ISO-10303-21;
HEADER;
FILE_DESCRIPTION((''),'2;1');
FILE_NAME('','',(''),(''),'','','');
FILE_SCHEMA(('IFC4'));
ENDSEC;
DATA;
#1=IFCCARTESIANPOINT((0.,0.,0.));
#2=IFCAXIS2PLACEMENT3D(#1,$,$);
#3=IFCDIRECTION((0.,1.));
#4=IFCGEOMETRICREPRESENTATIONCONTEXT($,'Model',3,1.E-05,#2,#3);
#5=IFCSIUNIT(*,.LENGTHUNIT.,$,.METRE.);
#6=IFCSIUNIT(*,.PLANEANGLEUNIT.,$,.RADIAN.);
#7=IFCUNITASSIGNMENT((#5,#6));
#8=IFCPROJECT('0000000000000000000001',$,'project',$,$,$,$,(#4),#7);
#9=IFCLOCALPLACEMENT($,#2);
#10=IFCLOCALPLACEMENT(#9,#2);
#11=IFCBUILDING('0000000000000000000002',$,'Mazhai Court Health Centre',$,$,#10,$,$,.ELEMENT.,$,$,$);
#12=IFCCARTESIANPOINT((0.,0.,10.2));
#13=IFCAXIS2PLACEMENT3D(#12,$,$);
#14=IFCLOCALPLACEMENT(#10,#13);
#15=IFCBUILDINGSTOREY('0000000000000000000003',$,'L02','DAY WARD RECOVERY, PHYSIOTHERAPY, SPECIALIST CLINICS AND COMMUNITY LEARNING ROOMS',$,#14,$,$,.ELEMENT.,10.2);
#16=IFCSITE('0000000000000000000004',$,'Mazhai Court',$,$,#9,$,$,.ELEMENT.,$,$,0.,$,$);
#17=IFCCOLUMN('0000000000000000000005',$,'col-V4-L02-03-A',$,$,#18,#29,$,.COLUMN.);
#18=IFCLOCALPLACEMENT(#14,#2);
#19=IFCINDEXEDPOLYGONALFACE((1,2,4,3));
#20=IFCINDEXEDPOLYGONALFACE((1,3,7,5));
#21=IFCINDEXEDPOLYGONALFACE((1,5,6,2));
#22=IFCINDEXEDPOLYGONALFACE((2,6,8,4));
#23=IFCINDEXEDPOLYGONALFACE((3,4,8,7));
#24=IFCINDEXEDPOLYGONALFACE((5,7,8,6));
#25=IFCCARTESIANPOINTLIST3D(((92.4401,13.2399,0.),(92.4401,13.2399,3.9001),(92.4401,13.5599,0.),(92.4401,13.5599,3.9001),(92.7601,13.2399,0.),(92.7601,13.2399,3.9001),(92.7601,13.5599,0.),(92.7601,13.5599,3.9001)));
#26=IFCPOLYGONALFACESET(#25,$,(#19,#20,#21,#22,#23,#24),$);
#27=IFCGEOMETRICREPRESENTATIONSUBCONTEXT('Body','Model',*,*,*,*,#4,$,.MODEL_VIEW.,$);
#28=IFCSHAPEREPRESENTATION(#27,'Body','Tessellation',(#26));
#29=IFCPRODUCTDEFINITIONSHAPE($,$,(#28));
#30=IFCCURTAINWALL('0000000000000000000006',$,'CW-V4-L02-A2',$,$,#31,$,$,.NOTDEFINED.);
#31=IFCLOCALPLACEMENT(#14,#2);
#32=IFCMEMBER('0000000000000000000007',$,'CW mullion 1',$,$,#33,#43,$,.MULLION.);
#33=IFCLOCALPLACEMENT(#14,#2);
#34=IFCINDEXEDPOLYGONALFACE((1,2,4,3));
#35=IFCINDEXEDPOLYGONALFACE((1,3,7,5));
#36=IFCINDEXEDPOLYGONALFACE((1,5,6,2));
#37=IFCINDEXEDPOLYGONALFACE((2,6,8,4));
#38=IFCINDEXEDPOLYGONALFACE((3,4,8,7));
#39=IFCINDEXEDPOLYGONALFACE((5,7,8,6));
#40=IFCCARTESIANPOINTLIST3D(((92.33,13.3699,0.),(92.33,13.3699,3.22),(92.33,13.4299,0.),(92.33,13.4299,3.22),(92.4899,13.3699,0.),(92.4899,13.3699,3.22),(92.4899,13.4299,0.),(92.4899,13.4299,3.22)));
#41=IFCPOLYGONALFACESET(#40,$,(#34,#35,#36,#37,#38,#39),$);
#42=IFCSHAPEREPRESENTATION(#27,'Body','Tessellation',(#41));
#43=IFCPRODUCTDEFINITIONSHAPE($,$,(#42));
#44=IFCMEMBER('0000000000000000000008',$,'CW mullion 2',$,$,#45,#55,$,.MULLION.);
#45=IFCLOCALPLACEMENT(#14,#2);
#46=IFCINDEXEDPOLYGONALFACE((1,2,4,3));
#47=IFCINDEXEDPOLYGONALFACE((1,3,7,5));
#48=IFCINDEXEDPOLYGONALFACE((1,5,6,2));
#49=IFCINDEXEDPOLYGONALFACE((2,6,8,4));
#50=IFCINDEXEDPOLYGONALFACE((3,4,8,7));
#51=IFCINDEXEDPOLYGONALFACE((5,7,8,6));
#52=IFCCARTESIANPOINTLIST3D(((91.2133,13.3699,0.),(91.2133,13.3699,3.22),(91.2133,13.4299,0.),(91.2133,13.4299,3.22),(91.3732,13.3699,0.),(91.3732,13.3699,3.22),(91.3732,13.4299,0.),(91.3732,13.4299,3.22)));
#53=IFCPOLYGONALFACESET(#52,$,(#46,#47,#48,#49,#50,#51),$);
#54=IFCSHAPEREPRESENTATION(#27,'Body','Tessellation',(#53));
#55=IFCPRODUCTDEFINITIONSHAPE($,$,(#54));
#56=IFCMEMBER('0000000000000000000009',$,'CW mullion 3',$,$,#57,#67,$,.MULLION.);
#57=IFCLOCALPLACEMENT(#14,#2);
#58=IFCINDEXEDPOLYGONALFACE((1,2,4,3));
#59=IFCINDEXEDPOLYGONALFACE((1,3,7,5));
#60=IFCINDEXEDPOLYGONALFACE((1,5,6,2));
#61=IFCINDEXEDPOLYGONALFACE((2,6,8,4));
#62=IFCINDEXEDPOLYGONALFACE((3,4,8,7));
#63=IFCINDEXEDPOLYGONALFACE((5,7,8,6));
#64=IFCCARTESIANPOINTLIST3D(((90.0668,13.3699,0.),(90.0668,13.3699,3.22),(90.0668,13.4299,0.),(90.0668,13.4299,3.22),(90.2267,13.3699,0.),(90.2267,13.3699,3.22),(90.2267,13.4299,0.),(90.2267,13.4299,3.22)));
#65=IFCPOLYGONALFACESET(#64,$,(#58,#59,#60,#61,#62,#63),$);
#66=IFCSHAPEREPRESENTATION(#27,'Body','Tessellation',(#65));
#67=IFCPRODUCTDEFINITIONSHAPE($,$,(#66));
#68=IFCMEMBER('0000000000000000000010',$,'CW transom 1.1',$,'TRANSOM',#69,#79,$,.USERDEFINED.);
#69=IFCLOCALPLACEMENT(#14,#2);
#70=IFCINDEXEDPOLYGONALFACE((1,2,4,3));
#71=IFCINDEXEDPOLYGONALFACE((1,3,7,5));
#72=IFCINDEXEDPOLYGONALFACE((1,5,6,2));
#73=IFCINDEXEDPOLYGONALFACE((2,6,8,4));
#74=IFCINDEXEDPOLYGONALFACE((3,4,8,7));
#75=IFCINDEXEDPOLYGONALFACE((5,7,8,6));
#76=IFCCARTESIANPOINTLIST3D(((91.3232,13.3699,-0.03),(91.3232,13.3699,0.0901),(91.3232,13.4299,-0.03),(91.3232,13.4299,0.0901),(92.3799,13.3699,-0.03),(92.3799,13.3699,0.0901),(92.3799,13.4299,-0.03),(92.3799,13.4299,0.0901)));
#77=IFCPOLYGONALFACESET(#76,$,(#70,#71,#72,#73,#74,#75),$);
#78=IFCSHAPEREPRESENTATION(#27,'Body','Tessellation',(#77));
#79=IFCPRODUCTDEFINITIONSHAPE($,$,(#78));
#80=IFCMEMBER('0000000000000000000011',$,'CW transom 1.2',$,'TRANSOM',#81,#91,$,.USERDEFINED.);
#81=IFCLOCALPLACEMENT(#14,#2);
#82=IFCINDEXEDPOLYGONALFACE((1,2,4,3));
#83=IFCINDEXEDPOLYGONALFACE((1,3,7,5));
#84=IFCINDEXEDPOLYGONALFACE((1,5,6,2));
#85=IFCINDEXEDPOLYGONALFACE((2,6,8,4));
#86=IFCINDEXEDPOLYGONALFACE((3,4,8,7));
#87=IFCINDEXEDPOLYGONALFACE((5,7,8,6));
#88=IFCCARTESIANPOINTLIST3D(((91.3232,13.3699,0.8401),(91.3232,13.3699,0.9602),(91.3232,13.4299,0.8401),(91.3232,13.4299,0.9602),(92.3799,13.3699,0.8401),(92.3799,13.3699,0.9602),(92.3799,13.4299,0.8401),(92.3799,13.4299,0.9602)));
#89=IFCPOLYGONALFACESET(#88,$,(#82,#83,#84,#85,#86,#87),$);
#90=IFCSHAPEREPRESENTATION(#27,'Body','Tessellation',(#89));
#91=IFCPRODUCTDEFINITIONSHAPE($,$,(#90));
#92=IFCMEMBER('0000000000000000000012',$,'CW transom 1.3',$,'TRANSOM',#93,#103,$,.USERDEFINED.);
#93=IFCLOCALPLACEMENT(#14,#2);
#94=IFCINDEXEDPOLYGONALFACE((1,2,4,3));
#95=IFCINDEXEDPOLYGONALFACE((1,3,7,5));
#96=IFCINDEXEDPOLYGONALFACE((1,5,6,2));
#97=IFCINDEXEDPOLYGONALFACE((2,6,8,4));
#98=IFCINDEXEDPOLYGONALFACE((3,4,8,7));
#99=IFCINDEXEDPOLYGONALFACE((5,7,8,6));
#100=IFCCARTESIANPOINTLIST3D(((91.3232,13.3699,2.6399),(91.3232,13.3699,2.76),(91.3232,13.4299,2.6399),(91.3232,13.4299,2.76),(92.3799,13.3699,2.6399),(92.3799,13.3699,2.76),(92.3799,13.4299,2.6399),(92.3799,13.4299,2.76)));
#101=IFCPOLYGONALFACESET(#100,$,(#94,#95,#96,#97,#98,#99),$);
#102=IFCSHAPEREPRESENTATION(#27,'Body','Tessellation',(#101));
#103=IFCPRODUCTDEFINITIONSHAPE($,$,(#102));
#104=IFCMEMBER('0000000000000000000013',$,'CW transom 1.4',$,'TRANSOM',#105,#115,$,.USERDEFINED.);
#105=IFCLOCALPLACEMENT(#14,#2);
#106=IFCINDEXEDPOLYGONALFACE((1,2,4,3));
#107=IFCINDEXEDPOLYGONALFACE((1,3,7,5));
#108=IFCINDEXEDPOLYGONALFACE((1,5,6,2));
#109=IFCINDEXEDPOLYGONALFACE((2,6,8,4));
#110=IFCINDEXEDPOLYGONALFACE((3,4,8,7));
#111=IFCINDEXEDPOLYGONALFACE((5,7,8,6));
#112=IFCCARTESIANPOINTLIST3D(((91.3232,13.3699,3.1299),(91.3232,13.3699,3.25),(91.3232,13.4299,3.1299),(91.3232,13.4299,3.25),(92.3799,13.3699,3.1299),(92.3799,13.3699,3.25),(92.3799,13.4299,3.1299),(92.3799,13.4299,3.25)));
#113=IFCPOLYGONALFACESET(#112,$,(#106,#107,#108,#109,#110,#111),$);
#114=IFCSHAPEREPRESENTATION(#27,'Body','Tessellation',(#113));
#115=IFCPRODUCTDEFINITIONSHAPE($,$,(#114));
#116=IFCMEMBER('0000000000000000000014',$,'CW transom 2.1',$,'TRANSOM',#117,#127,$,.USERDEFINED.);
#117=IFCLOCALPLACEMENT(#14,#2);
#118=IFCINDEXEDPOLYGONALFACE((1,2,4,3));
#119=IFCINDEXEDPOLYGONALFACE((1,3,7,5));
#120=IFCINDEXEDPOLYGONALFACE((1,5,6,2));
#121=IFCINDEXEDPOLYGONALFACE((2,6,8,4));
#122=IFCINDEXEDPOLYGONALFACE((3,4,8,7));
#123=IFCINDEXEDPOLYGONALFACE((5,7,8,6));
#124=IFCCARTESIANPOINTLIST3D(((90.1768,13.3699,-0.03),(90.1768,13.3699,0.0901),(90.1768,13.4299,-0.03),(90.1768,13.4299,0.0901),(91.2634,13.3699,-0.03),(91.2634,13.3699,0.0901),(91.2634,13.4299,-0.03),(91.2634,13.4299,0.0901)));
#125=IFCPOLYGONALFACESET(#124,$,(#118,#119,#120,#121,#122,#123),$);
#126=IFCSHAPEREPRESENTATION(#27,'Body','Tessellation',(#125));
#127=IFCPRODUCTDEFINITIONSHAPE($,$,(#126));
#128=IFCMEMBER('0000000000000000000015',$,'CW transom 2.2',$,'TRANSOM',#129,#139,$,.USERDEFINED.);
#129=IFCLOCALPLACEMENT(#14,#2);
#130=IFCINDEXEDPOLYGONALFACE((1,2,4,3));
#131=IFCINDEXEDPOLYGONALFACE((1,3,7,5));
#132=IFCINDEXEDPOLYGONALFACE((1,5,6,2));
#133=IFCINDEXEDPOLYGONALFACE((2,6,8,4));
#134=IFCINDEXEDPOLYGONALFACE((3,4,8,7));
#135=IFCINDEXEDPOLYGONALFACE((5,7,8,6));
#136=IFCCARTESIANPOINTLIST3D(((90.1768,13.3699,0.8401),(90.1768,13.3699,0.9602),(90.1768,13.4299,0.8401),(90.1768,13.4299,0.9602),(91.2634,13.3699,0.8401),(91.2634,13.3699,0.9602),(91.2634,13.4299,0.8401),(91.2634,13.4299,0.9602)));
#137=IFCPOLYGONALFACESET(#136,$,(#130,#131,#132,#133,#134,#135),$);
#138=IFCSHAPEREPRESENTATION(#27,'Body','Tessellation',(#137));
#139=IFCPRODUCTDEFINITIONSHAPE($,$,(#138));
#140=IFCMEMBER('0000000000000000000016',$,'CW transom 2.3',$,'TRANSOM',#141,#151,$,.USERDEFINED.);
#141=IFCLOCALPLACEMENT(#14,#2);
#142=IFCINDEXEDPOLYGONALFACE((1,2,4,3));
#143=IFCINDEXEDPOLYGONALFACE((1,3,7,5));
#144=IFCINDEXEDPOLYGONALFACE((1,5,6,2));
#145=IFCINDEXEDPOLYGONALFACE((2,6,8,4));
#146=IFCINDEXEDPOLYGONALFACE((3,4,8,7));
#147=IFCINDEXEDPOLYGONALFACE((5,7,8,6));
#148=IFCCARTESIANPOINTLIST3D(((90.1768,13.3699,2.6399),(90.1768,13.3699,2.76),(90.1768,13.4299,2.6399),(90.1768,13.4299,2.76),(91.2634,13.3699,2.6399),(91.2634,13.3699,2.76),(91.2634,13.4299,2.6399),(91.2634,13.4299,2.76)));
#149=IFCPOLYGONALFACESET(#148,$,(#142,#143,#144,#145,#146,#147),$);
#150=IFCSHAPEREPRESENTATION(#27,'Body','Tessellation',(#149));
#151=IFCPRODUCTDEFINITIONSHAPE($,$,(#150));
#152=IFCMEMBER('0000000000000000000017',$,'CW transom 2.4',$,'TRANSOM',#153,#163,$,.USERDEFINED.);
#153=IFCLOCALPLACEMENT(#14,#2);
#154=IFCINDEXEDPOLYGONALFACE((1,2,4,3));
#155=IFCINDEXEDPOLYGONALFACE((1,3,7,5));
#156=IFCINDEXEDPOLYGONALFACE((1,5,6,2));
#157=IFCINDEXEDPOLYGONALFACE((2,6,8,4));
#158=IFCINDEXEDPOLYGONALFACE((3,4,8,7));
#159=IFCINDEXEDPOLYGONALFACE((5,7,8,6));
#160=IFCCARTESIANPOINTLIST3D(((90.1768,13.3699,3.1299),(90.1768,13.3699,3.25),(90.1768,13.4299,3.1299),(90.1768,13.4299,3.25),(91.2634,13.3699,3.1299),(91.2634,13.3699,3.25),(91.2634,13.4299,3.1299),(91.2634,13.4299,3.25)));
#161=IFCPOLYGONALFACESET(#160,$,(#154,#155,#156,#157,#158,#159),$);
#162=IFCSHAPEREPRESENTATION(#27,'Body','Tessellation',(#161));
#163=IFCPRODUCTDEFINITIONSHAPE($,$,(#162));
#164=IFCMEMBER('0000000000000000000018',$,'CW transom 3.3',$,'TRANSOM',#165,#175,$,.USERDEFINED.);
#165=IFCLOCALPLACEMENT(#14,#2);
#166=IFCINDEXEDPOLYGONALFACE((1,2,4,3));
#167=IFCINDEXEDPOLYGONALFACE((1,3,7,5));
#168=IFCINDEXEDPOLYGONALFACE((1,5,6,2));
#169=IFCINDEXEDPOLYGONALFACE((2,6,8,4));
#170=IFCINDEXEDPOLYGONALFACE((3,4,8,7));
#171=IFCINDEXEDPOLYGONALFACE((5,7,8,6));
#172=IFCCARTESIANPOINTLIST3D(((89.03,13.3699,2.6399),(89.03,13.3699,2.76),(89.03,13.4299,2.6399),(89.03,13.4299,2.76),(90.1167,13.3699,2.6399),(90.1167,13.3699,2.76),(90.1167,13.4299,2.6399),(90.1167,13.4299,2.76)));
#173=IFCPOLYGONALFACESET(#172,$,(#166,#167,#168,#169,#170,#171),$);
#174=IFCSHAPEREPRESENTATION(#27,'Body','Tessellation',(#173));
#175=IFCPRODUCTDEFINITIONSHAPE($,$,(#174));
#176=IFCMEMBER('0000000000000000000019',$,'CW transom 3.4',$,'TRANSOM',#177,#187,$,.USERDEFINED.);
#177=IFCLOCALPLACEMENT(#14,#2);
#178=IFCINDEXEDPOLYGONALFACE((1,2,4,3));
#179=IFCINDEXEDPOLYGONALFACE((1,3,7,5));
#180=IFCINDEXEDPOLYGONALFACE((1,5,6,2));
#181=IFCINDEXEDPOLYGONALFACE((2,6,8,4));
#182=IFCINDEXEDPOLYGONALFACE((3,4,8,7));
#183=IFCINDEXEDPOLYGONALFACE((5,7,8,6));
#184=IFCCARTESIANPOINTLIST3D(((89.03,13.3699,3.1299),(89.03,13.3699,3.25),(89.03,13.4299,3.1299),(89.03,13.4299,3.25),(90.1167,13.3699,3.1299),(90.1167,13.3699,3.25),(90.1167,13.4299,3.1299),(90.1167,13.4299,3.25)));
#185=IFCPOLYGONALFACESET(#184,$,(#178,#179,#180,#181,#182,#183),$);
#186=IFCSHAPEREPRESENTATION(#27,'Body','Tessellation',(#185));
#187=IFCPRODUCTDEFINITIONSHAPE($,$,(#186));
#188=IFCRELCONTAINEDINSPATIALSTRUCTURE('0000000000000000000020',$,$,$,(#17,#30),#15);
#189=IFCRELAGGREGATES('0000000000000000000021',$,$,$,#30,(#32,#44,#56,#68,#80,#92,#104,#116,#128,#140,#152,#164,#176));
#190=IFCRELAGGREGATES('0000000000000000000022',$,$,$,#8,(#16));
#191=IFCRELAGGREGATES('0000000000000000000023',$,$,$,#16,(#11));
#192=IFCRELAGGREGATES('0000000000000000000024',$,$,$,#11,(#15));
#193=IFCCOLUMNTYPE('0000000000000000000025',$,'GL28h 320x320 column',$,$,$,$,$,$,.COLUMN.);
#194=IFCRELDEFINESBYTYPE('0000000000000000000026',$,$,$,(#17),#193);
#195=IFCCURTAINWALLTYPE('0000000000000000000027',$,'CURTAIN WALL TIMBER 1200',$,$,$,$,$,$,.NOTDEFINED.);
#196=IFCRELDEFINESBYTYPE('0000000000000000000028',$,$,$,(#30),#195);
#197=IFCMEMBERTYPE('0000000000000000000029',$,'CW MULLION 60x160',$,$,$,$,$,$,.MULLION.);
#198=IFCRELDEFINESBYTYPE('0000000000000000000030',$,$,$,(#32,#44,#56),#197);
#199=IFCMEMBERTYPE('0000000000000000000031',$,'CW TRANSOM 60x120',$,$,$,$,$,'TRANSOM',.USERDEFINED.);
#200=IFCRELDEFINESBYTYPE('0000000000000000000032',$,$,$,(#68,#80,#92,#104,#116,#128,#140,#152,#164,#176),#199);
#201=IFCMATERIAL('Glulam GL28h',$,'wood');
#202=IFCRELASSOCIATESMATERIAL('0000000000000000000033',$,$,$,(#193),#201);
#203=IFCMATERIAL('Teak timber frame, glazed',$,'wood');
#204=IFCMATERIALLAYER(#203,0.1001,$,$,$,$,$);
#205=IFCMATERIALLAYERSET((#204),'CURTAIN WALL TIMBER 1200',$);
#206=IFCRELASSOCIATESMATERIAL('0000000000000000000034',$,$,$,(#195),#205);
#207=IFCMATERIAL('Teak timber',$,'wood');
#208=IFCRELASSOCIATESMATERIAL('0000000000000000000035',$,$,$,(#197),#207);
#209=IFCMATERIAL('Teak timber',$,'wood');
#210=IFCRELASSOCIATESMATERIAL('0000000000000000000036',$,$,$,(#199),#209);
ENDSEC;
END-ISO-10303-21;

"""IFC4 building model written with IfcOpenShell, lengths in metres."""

from ifc_helpers import new_model, si_unit, direction, frame, origin, origin_2d, place, context, subcontext, project, spatial, rectangle, extrude, material, layer, layer_set, material_profile, profile_set, type_object, element, aggregate, save


model = new_model("IFC4")

# Units and contexts
model_context = context("Model", 3, precision=1e-05, world=origin(), true_north=direction((0.0, 1.0)))
body_context = subcontext(model_context, "Body", "Model", "MODEL_VIEW")
ifc_project = project(units=[si_unit("LENGTHUNIT", "METRE"), si_unit("PLANEANGLEUNIT", "RADIAN")], contexts=[model_context])

# Site, building, storey
site_placement = place(None, origin())
site = spatial("IfcSite", under=ifc_project, at=site_placement, Name="Mazhai Court", CompositionType="ELEMENT", RefElevation=0.0)
building_placement = place(site_placement, origin())
building = spatial("IfcBuilding", under=site, at=building_placement, Name="Mazhai Court Health Centre", CompositionType="ELEMENT")
storey_placement = place(building_placement, frame((0.0, 0.0, 10.2)))
storey = spatial("IfcBuildingStorey", under=building, at=storey_placement, Name="L02", Description="DAY WARD RECOVERY, PHYSIOTHERAPY, SPECIALIST CLINICS AND COMMUNITY LEARNING ROOMS", CompositionType="ELEMENT", Elevation=10.2)

# Column
ifc_material_1 = material(Name="Glulam GL28h", Category="wood")
ifc_material_profile_1 = material_profile(ifc_material_1, rectangle(XDim=0.3201, YDim=0.3201, at=origin_2d()), Name="GL28h 320x320")
ifc_profile_set_1 = profile_set([ifc_material_profile_1], Name="Glulam GL28h")
column_type = type_object("IfcColumnType", Name="GL28h 320x320 column", PredefinedType="COLUMN", material=ifc_profile_set_1)
column_placement = place(storey_placement, frame((92.6001, 13.3999, 0.0), z_axis=(0.0, 0.0, 1.0), x_axis=(1.0, 0.0, 0.0)))
element("IfcColumn", 1, at=column_placement, inside=storey, type_object=column_type, Name="col-V4-L02-03-A", PredefinedType="COLUMN", context=body_context, shape_type="SweptSolid", body=[
    extrude(rectangle(XDim=0.3201, YDim=0.3201, at=origin_2d()), origin(), (0.0, 0.0, 1.0), 3.9001),
])

# Curtain wall, members
ifc_material_2 = material(Name="Teak timber frame, glazed", Category="wood")
ifc_layer_1 = layer(ifc_material_2, 0.1001)
ifc_layer_set_1 = layer_set([ifc_layer_1], Name="CURTAIN WALL TIMBER 1200")
curtain_wall_type = type_object("IfcCurtainWallType", Name="CURTAIN WALL TIMBER 1200", PredefinedType="NOTDEFINED", material=ifc_layer_set_1)
curtain_wall_placement = place(storey_placement, origin())
curtain_wall = element("IfcCurtainWall", 2, at=curtain_wall_placement, inside=storey, type_object=curtain_wall_type, Name="CW-V4-L02-A2", PredefinedType="NOTDEFINED")
ifc_material_3 = material(Name="Teak timber", Category="wood")
ifc_material_profile_2 = material_profile(ifc_material_3, rectangle(XDim=0.0601, YDim=0.1599, at=origin_2d()), Name="CW MULLION 60x160")
ifc_profile_set_2 = profile_set([ifc_material_profile_2], Name="Teak timber")
member_type_1 = type_object("IfcMemberType", Name="CW MULLION 60x160", PredefinedType="MULLION", material=ifc_profile_set_2)
member_1_placement = place(storey_placement, frame((92.4099, 13.3999, 0.0), z_axis=(0.0, 0.0, 1.0), x_axis=(0.0, -1.0, 0.0)))
member_1 = element("IfcMember", 3, at=member_1_placement, type_object=member_type_1, Name="CW mullion 1", PredefinedType="MULLION", context=body_context, shape_type="SweptSolid", body=[
    extrude(rectangle(XDim=0.0601, YDim=0.1599, at=origin_2d()), origin(), (0.0, 0.0, 1.0), 3.22),
])
member_2_placement = place(storey_placement, frame((91.2932, 13.3999, 0.0), z_axis=(0.0, 0.0, 1.0), x_axis=(0.0, -1.0, 0.0)))
member_2 = element("IfcMember", 4, at=member_2_placement, type_object=member_type_1, Name="CW mullion 2", PredefinedType="MULLION", context=body_context, shape_type="SweptSolid", body=[
    extrude(rectangle(XDim=0.0601, YDim=0.1599, at=origin_2d()), origin(), (0.0, 0.0, 1.0), 3.22),
])
member_3_placement = place(storey_placement, frame((90.1467, 13.3999, 0.0), z_axis=(0.0, 0.0, 1.0), x_axis=(0.0, -1.0, 0.0)))
member_3 = element("IfcMember", 5, at=member_3_placement, type_object=member_type_1, Name="CW mullion 3", PredefinedType="MULLION", context=body_context, shape_type="SweptSolid", body=[
    extrude(rectangle(XDim=0.0601, YDim=0.1599, at=origin_2d()), origin(), (0.0, 0.0, 1.0), 3.22),
])
ifc_material_4 = material(Name="Teak timber", Category="wood")
ifc_material_profile_3 = material_profile(ifc_material_4, rectangle(XDim=0.0601, YDim=0.1201, at=origin_2d()), Name="CW TRANSOM 60x120")
ifc_profile_set_3 = profile_set([ifc_material_profile_3], Name="Teak timber")
member_type_2 = type_object("IfcMemberType", Name="CW TRANSOM 60x120", ElementType="TRANSOM", PredefinedType="USERDEFINED", material=ifc_profile_set_3)
member_4_placement = place(storey_placement, frame((92.3799, 13.3999, 0.03), z_axis=(-1.0, 0.0, 0.0), x_axis=(0.0, -1.0, 0.0)))
member_4 = element("IfcMember", 6, at=member_4_placement, type_object=member_type_2, Name="CW transom 1.1", ObjectType="TRANSOM", PredefinedType="USERDEFINED", context=body_context, shape_type="SweptSolid", body=[
    extrude(rectangle(XDim=0.0601, YDim=0.1201, at=origin_2d()), origin(), (0.0, 0.0, 1.0), 1.0566),
])
member_5_placement = place(storey_placement, frame((92.3799, 13.3999, 0.9001), z_axis=(-1.0, 0.0, 0.0), x_axis=(0.0, -1.0, 0.0)))
member_5 = element("IfcMember", 7, at=member_5_placement, type_object=member_type_2, Name="CW transom 1.2", ObjectType="TRANSOM", PredefinedType="USERDEFINED", context=body_context, shape_type="SweptSolid", body=[
    extrude(rectangle(XDim=0.0601, YDim=0.1201, at=origin_2d()), origin(), (0.0, 0.0, 1.0), 1.0566),
])
member_6_placement = place(storey_placement, frame((92.3799, 13.3999, 2.7), z_axis=(-1.0, 0.0, 0.0), x_axis=(0.0, -1.0, 0.0)))
member_6 = element("IfcMember", 8, at=member_6_placement, type_object=member_type_2, Name="CW transom 1.3", ObjectType="TRANSOM", PredefinedType="USERDEFINED", context=body_context, shape_type="SweptSolid", body=[
    extrude(rectangle(XDim=0.0601, YDim=0.1201, at=origin_2d()), origin(), (0.0, 0.0, 1.0), 1.0566),
])
member_7_placement = place(storey_placement, frame((92.3799, 13.3999, 3.1899), z_axis=(-1.0, 0.0, 0.0), x_axis=(0.0, -1.0, 0.0)))
member_7 = element("IfcMember", 9, at=member_7_placement, type_object=member_type_2, Name="CW transom 1.4", ObjectType="TRANSOM", PredefinedType="USERDEFINED", context=body_context, shape_type="SweptSolid", body=[
    extrude(rectangle(XDim=0.0601, YDim=0.1201, at=origin_2d()), origin(), (0.0, 0.0, 1.0), 1.0566),
])
member_8_placement = place(storey_placement, frame((91.2634, 13.3999, 0.03), z_axis=(-1.0, 0.0, 0.0), x_axis=(0.0, -1.0, 0.0)))
member_8 = element("IfcMember", 10, at=member_8_placement, type_object=member_type_2, Name="CW transom 2.1", ObjectType="TRANSOM", PredefinedType="USERDEFINED", context=body_context, shape_type="SweptSolid", body=[
    extrude(rectangle(XDim=0.0601, YDim=0.1201, at=origin_2d()), origin(), (0.0, 0.0, 1.0), 1.0867),
])
member_9_placement = place(storey_placement, frame((91.2634, 13.3999, 0.9001), z_axis=(-1.0, 0.0, 0.0), x_axis=(0.0, -1.0, 0.0)))
member_9 = element("IfcMember", 11, at=member_9_placement, type_object=member_type_2, Name="CW transom 2.2", ObjectType="TRANSOM", PredefinedType="USERDEFINED", context=body_context, shape_type="SweptSolid", body=[
    extrude(rectangle(XDim=0.0601, YDim=0.1201, at=origin_2d()), origin(), (0.0, 0.0, 1.0), 1.0867),
])
member_10_placement = place(storey_placement, frame((91.2634, 13.3999, 2.7), z_axis=(-1.0, 0.0, 0.0), x_axis=(0.0, -1.0, 0.0)))
member_10 = element("IfcMember", 12, at=member_10_placement, type_object=member_type_2, Name="CW transom 2.3", ObjectType="TRANSOM", PredefinedType="USERDEFINED", context=body_context, shape_type="SweptSolid", body=[
    extrude(rectangle(XDim=0.0601, YDim=0.1201, at=origin_2d()), origin(), (0.0, 0.0, 1.0), 1.0867),
])
member_11_placement = place(storey_placement, frame((91.2634, 13.3999, 3.1899), z_axis=(-1.0, 0.0, 0.0), x_axis=(0.0, -1.0, 0.0)))
member_11 = element("IfcMember", 13, at=member_11_placement, type_object=member_type_2, Name="CW transom 2.4", ObjectType="TRANSOM", PredefinedType="USERDEFINED", context=body_context, shape_type="SweptSolid", body=[
    extrude(rectangle(XDim=0.0601, YDim=0.1201, at=origin_2d()), origin(), (0.0, 0.0, 1.0), 1.0867),
])
member_12_placement = place(storey_placement, frame((90.1167, 13.3999, 2.7), z_axis=(-1.0, 0.0, 0.0), x_axis=(0.0, -1.0, 0.0)))
member_12 = element("IfcMember", 14, at=member_12_placement, type_object=member_type_2, Name="CW transom 3.3", ObjectType="TRANSOM", PredefinedType="USERDEFINED", context=body_context, shape_type="SweptSolid", body=[
    extrude(rectangle(XDim=0.0601, YDim=0.1201, at=origin_2d()), origin(), (0.0, 0.0, 1.0), 1.0867),
])
member_13_placement = place(storey_placement, frame((90.1167, 13.3999, 3.1899), z_axis=(-1.0, 0.0, 0.0), x_axis=(0.0, -1.0, 0.0)))
member_13 = element("IfcMember", 15, at=member_13_placement, type_object=member_type_2, Name="CW transom 3.4", ObjectType="TRANSOM", PredefinedType="USERDEFINED", context=body_context, shape_type="SweptSolid", body=[
    extrude(rectangle(XDim=0.0601, YDim=0.1201, at=origin_2d()), origin(), (0.0, 0.0, 1.0), 1.0867),
])

aggregate(curtain_wall, [member_1, member_2, member_3, member_4, member_5, member_6, member_7, member_8, member_9, member_10, member_11, member_12, member_13])

save(model, "model.ifc")
